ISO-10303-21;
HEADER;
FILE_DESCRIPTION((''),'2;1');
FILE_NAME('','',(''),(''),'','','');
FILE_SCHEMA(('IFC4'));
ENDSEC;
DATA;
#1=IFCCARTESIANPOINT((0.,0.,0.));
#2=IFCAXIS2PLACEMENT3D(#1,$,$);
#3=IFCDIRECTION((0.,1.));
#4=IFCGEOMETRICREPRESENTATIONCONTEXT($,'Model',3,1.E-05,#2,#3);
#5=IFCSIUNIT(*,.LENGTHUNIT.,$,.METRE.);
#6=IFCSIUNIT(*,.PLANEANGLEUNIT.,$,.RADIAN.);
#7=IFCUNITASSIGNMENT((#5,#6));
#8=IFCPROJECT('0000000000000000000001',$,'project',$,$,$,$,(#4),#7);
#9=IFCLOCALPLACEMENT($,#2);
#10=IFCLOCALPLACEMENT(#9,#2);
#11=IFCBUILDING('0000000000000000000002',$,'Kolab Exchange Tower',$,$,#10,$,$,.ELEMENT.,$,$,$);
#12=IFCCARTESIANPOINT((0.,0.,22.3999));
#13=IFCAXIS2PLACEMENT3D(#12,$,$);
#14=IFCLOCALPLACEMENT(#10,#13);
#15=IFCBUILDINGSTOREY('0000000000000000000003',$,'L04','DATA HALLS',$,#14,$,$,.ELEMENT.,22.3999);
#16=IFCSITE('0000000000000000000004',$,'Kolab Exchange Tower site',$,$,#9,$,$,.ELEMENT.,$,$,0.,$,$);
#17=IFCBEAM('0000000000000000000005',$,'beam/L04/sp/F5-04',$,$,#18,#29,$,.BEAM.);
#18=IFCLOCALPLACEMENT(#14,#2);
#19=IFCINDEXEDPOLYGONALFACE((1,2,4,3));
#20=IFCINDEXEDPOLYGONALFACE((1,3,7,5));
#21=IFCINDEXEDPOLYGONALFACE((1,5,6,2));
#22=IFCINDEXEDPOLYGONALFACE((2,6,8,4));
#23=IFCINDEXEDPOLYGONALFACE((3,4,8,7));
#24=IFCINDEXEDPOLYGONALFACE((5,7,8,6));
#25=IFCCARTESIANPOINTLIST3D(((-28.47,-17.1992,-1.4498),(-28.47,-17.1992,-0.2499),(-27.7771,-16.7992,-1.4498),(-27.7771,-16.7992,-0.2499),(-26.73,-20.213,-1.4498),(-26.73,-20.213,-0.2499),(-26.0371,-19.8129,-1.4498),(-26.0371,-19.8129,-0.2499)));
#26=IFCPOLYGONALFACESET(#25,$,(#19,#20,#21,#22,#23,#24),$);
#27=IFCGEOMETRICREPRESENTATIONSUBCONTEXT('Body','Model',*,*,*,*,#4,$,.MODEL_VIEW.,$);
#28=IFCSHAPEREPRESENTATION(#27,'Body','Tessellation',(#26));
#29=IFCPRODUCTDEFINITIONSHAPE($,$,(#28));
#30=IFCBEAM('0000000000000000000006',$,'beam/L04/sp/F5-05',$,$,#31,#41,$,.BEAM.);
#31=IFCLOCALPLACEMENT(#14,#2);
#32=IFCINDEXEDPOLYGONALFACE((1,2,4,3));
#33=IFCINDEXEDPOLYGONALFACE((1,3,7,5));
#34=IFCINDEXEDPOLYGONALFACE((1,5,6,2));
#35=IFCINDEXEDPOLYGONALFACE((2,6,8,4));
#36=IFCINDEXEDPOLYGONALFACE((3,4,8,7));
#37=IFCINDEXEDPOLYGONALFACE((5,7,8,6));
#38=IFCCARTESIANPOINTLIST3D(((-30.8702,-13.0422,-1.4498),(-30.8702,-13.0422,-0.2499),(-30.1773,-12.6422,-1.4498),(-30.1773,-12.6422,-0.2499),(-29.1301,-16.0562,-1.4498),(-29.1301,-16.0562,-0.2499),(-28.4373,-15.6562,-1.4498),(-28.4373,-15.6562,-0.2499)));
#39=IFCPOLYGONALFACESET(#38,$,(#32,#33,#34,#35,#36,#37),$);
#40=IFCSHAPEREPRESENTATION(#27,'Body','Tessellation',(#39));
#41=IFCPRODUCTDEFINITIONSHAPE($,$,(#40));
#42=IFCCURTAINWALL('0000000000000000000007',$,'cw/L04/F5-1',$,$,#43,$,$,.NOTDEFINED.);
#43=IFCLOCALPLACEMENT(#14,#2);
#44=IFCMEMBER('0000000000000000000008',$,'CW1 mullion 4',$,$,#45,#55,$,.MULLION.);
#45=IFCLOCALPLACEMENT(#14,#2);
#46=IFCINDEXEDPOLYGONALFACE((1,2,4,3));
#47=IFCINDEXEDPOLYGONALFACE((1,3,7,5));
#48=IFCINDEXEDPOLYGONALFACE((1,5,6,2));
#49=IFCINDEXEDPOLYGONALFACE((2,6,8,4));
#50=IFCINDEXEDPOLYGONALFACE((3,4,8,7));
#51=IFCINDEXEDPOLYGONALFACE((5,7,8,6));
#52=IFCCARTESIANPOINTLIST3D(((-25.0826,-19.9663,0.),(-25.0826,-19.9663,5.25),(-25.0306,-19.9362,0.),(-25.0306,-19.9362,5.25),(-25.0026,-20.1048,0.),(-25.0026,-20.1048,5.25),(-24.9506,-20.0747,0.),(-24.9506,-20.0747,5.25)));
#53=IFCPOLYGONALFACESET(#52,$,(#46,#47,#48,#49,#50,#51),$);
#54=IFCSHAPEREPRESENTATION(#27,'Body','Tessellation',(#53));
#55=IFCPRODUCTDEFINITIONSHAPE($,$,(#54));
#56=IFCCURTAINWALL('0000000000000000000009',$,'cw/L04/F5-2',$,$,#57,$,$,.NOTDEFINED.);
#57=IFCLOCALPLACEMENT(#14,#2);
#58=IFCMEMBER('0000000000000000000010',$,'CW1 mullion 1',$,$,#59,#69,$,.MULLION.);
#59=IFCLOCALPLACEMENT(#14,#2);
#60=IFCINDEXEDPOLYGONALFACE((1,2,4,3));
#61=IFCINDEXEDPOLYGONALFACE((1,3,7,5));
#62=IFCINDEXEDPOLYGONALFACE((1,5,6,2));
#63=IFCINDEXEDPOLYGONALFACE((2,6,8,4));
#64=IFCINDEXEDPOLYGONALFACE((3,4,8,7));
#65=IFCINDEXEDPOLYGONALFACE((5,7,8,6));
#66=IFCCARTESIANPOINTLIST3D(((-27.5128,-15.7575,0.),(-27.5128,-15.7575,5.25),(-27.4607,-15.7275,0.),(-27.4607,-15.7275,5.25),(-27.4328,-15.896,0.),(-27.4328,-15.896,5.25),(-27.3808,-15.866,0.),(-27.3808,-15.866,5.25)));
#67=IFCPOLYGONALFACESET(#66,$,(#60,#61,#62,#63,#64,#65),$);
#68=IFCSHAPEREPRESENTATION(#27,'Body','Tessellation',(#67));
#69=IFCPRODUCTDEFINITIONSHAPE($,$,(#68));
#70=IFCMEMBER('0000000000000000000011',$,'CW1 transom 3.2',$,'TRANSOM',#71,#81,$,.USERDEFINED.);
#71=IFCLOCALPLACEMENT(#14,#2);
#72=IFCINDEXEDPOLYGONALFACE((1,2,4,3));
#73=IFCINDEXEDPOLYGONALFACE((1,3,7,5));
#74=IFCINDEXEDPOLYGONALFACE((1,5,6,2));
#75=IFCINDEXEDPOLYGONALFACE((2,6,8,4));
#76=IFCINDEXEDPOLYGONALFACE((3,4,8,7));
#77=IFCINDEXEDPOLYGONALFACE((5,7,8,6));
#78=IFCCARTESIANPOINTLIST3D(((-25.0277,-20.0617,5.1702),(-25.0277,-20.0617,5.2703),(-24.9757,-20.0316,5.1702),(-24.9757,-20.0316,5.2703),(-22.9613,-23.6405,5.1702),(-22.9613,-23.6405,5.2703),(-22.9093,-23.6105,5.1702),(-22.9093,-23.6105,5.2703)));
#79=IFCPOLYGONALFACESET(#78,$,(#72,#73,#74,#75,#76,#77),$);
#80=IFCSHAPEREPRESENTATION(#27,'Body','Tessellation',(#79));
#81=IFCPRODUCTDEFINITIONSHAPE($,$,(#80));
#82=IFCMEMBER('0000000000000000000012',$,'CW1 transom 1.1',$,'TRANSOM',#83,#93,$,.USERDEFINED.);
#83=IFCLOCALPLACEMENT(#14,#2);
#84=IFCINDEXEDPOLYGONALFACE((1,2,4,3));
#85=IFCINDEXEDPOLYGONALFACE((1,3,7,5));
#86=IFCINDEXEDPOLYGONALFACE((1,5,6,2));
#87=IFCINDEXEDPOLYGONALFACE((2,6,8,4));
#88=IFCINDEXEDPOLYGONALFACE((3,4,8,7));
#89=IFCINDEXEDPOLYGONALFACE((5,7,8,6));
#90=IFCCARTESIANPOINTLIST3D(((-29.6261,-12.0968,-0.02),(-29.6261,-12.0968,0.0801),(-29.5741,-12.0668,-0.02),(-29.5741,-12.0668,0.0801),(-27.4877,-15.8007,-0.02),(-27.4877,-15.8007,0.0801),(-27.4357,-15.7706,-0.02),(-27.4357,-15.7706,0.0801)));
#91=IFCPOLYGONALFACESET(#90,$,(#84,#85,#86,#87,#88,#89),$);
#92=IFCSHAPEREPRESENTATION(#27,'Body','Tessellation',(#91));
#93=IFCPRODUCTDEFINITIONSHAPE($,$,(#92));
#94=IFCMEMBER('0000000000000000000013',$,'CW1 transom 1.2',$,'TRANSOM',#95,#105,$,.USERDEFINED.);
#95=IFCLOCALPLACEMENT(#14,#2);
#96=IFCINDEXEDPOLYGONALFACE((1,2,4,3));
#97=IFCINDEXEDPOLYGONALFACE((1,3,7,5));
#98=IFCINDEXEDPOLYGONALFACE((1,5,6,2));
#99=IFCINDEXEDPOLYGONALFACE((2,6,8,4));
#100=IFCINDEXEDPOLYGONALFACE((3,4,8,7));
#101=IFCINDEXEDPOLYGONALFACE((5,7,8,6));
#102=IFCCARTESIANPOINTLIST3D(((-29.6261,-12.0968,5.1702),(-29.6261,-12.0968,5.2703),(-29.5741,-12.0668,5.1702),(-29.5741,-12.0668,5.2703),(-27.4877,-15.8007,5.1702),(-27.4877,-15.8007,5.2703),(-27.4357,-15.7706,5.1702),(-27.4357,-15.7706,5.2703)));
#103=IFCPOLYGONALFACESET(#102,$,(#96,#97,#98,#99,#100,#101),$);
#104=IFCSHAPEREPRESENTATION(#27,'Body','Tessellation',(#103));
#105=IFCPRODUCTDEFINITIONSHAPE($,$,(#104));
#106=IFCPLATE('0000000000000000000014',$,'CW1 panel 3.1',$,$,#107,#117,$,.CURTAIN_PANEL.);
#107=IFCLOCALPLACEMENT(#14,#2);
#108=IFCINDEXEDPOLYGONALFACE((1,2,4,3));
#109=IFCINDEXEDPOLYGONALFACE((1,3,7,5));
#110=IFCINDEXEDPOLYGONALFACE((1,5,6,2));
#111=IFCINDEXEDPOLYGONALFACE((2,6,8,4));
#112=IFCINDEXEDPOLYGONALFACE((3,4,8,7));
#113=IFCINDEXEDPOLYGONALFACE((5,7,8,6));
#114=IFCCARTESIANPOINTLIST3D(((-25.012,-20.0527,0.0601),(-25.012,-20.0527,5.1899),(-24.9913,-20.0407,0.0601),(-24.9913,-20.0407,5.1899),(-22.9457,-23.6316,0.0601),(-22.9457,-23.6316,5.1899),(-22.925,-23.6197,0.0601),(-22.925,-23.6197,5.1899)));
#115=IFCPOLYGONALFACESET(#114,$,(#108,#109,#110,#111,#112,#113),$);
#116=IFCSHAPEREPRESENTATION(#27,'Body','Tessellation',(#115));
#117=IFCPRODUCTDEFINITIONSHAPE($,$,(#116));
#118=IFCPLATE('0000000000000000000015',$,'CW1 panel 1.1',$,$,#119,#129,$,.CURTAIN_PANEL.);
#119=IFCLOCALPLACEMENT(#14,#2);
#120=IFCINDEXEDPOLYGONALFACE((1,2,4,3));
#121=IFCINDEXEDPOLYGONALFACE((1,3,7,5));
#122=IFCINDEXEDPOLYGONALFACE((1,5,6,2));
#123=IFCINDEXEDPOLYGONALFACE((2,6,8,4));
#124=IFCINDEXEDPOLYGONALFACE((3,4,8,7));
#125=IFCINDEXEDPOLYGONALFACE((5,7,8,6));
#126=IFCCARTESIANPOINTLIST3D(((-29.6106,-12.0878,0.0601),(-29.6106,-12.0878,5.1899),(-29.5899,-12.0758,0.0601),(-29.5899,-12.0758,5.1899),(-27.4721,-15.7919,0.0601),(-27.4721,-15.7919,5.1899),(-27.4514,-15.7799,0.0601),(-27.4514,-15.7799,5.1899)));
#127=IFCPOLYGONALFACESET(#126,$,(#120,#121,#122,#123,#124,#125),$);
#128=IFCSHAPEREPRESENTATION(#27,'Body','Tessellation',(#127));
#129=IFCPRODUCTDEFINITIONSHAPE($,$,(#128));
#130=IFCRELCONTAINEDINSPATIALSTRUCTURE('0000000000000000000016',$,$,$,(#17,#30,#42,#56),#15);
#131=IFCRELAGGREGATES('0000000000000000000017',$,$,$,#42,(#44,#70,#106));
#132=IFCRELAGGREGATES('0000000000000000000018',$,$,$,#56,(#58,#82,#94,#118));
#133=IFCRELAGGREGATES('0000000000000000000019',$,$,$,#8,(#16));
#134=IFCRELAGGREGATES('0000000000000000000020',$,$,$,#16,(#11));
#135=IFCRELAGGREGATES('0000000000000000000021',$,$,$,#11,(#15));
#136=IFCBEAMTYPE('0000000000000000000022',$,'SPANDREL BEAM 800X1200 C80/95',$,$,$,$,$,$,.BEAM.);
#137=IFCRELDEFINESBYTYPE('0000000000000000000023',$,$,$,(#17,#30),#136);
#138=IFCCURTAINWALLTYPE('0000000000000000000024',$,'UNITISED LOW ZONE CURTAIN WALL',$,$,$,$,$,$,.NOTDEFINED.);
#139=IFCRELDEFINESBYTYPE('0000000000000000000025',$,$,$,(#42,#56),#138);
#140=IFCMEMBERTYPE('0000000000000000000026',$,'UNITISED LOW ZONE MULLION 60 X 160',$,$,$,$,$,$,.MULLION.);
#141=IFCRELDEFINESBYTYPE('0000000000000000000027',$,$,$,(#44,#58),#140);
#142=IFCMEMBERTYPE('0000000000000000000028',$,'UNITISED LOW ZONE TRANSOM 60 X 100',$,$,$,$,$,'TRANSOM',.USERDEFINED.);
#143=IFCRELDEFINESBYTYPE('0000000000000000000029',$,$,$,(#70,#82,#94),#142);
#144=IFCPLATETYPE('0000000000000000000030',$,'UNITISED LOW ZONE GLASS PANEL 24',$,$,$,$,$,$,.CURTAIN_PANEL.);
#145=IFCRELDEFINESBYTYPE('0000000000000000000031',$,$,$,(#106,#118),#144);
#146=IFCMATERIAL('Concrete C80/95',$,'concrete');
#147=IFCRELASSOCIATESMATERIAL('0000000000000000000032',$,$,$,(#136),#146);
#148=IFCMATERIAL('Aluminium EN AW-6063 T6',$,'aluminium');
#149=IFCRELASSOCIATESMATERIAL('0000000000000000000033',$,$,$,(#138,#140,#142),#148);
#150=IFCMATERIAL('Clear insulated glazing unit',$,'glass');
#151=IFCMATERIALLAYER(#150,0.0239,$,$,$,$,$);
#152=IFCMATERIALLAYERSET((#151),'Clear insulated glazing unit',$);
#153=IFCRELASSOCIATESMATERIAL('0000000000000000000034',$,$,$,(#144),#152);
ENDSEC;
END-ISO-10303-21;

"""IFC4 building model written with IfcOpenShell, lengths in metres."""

from ifc_helpers import new_model, si_unit, direction, frame, origin, origin_2d, place, context, subcontext, project, spatial, rectangle, extrude, material, layer, layer_set, material_profile, profile_set, type_object, element, aggregate, save


model = new_model("IFC4")

# Units and contexts
model_context = context("Model", 3, precision=1e-05, world=origin(), true_north=direction((0.0, 1.0)))
body_context = subcontext(model_context, "Body", "Model", "MODEL_VIEW")
ifc_project = project(units=[si_unit("LENGTHUNIT", "METRE"), si_unit("PLANEANGLEUNIT", "RADIAN")], contexts=[model_context])

# Site, building, storey
site_placement = place(None, origin())
site = spatial("IfcSite", under=ifc_project, at=site_placement, Name="Kolab Exchange Tower site", CompositionType="ELEMENT", RefElevation=0.0)
building_placement = place(site_placement, origin())
building = spatial("IfcBuilding", under=site, at=building_placement, Name="Kolab Exchange Tower", CompositionType="ELEMENT")
storey_placement = place(building_placement, frame((0.0, 0.0, 22.3999)))
storey = spatial("IfcBuildingStorey", under=building, at=storey_placement, Name="L04", Description="DATA HALLS", CompositionType="ELEMENT", Elevation=22.3999)

# Shared definitions
ifc_material_1 = material(Name="Concrete C80/95", Category="concrete")

# Beams
ifc_material_profile_1 = material_profile(ifc_material_1, rectangle(XDim=0.8, YDim=1.2, at=origin_2d()), Name="RC800X1200")
ifc_profile_set_1 = profile_set([ifc_material_profile_1], Name="Concrete C80/95")
beam_type_1 = type_object("IfcBeamType", Name="SPANDREL BEAM 800X1200 C80/95", PredefinedType="BEAM", material=ifc_profile_set_1)
beam_1_placement = place(storey_placement, frame((-26.3835, -20.0129, -0.8499), z_axis=(-0.50001, 0.86602, 0.0), x_axis=(-0.86602, -0.50001, 0.0)))
element("IfcBeam", 1, at=beam_1_placement, inside=storey, type_object=beam_type_1, Name="beam/L04/sp/F5-04", PredefinedType="BEAM", context=body_context, shape_type="SweptSolid", body=[
    extrude(rectangle(XDim=0.8, YDim=1.2, at=origin_2d()), origin(), (0.0, 0.0, 1.0), 3.48),
])
beam_2_placement = place(storey_placement, frame((-28.7837, -15.8562, -0.8499), z_axis=(-0.49998, 0.866037, 0.0), x_axis=(-0.866037, -0.49998, 0.0)))
element("IfcBeam", 2, at=beam_2_placement, inside=storey, type_object=beam_type_1, Name="beam/L04/sp/F5-05", PredefinedType="BEAM", context=body_context, shape_type="SweptSolid", body=[
    extrude(rectangle(XDim=0.8, YDim=1.2, at=origin_2d()), origin(), (0.0, 0.0, 1.0), 3.4802),
])

# Curtain walls, members
ifc_material_2 = material(Name="Aluminium EN AW-6063 T6", Category="aluminium")
curtain_wall_type = type_object("IfcCurtainWallType", Name="UNITISED LOW ZONE CURTAIN WALL", PredefinedType="NOTDEFINED", material=ifc_material_2)
curtain_wall_1_placement = place(storey_placement, origin())
curtain_wall_1 = element("IfcCurtainWall", 3, at=curtain_wall_1_placement, inside=storey, type_object=curtain_wall_type, Name="cw/L04/F5-1", PredefinedType="NOTDEFINED")
ifc_material_profile_2 = material_profile(ifc_material_2, rectangle(XDim=0.0601, YDim=0.1599, at=origin_2d()), Name="RECT 60X160")
ifc_profile_set_2 = profile_set([ifc_material_profile_2], Name="Aluminium EN AW-6063 T6")
member_type_1 = type_object("IfcMemberType", Name="UNITISED LOW ZONE MULLION 60 X 160", PredefinedType="MULLION", material=ifc_profile_set_2)
member_1_placement = place(storey_placement, frame((-25.0166, -20.0205, 0.0), z_axis=(0.0, 0.0, 1.0), x_axis=(-0.866025, -0.5, 0.0)))
member_1 = element("IfcMember", 4, at=member_1_placement, type_object=member_type_1, Name="CW1 mullion 4", PredefinedType="MULLION", context=body_context, shape_type="SweptSolid", body=[
    extrude(rectangle(XDim=0.0601, YDim=0.1599, at=origin_2d()), origin(), (0.0, 0.0, 1.0), 5.25),
])
curtain_wall_2_placement = place(storey_placement, origin())
curtain_wall_2 = element("IfcCurtainWall", 5, at=curtain_wall_2_placement, inside=storey, type_object=curtain_wall_type, Name="cw/L04/F5-2", PredefinedType="NOTDEFINED")
member_2_placement = place(storey_placement, frame((-27.4468, -15.8118, 0.0), z_axis=(0.0, 0.0, 1.0), x_axis=(-0.866025, -0.5, 0.0)))
member_2 = element("IfcMember", 6, at=member_2_placement, type_object=member_type_1, Name="CW1 mullion 1", PredefinedType="MULLION", context=body_context, shape_type="SweptSolid", body=[
    extrude(rectangle(XDim=0.0601, YDim=0.1599, at=origin_2d()), origin(), (0.0, 0.0, 1.0), 5.25),
])

# Members
ifc_material_profile_3 = material_profile(ifc_material_2, rectangle(XDim=0.0601, YDim=0.1001, at=origin_2d()), Name="RECT 60X100")
ifc_profile_set_3 = profile_set([ifc_material_profile_3], Name="Aluminium EN AW-6063 T6")
member_type_2 = type_object("IfcMemberType", Name="UNITISED LOW ZONE TRANSOM 60 X 100", ElementType="TRANSOM", PredefinedType="USERDEFINED", material=ifc_profile_set_3)
member_3_placement = place(storey_placement, frame((-22.9353, -23.6255, 5.2202), z_axis=(-0.500028, 0.866009, 0.0), x_axis=(-0.866009, -0.500028, 0.0)))
member_3 = element("IfcMember", 7, at=member_3_placement, type_object=member_type_2, Name="CW1 transom 3.2", ObjectType="TRANSOM", PredefinedType="USERDEFINED", context=body_context, shape_type="SweptSolid", body=[
    extrude(rectangle(XDim=0.0601, YDim=0.1001, at=origin_2d()), origin(), (0.0, 0.0, 1.0), 4.1326),
])
member_4_placement = place(storey_placement, frame((-27.4617, -15.7856, 0.03), z_axis=(-0.500001, 0.866025, 0.0), x_axis=(-0.866025, -0.500001, 0.0)))
member_4 = element("IfcMember", 8, at=member_4_placement, type_object=member_type_2, Name="CW1 transom 1.1", ObjectType="TRANSOM", PredefinedType="USERDEFINED", context=body_context, shape_type="SweptSolid", body=[
    extrude(rectangle(XDim=0.0601, YDim=0.1001, at=origin_2d()), origin(), (0.0, 0.0, 1.0), 4.2769),
])
member_5_placement = place(storey_placement, frame((-27.4617, -15.7856, 5.2202), z_axis=(-0.500001, 0.866025, 0.0), x_axis=(-0.866025, -0.500001, 0.0)))
member_5 = element("IfcMember", 9, at=member_5_placement, type_object=member_type_2, Name="CW1 transom 1.2", ObjectType="TRANSOM", PredefinedType="USERDEFINED", context=body_context, shape_type="SweptSolid", body=[
    extrude(rectangle(XDim=0.0601, YDim=0.1001, at=origin_2d()), origin(), (0.0, 0.0, 1.0), 4.2769),
])

# Plates
ifc_material_3 = material(Name="Clear insulated glazing unit", Category="glass")
ifc_layer_1 = layer(ifc_material_3, 0.0239)
ifc_layer_set_1 = layer_set([ifc_layer_1], Name="Clear insulated glazing unit")
plate_type = type_object("IfcPlateType", Name="UNITISED LOW ZONE GLASS PANEL 24", PredefinedType="CURTAIN_PANEL", material=ifc_layer_set_1)
plate_1_placement = place(storey_placement, frame((-23.9685, -21.8362, 0.0601), z_axis=(0.0, 0.0, 1.0), x_axis=(-0.5, 0.866025, 0.0)))
plate_1 = element("IfcPlate", 10, at=plate_1_placement, type_object=plate_type, Name="CW1 panel 3.1", PredefinedType="CURTAIN_PANEL", context=body_context, shape_type="SweptSolid", body=[
    extrude(rectangle(XDim=4.1326, YDim=0.0239, at=origin_2d()), origin(), (0.0, 0.0, 1.0), 5.1299),
])
aggregate(curtain_wall_1, [member_1, member_3, plate_1])
plate_2_placement = place(storey_placement, frame((-28.531, -13.9338, 0.0601), z_axis=(0.0, 0.0, 1.0), x_axis=(-0.5, 0.866025, 0.0)))
plate_2 = element("IfcPlate", 11, at=plate_2_placement, type_object=plate_type, Name="CW1 panel 1.1", PredefinedType="CURTAIN_PANEL", context=body_context, shape_type="SweptSolid", body=[
    extrude(rectangle(XDim=4.2771, YDim=0.0239, at=origin_2d()), origin(), (0.0, 0.0, 1.0), 5.1299),
])
aggregate(curtain_wall_2, [member_2, member_4, member_5, plate_2])

save(model, "model.ifc")
